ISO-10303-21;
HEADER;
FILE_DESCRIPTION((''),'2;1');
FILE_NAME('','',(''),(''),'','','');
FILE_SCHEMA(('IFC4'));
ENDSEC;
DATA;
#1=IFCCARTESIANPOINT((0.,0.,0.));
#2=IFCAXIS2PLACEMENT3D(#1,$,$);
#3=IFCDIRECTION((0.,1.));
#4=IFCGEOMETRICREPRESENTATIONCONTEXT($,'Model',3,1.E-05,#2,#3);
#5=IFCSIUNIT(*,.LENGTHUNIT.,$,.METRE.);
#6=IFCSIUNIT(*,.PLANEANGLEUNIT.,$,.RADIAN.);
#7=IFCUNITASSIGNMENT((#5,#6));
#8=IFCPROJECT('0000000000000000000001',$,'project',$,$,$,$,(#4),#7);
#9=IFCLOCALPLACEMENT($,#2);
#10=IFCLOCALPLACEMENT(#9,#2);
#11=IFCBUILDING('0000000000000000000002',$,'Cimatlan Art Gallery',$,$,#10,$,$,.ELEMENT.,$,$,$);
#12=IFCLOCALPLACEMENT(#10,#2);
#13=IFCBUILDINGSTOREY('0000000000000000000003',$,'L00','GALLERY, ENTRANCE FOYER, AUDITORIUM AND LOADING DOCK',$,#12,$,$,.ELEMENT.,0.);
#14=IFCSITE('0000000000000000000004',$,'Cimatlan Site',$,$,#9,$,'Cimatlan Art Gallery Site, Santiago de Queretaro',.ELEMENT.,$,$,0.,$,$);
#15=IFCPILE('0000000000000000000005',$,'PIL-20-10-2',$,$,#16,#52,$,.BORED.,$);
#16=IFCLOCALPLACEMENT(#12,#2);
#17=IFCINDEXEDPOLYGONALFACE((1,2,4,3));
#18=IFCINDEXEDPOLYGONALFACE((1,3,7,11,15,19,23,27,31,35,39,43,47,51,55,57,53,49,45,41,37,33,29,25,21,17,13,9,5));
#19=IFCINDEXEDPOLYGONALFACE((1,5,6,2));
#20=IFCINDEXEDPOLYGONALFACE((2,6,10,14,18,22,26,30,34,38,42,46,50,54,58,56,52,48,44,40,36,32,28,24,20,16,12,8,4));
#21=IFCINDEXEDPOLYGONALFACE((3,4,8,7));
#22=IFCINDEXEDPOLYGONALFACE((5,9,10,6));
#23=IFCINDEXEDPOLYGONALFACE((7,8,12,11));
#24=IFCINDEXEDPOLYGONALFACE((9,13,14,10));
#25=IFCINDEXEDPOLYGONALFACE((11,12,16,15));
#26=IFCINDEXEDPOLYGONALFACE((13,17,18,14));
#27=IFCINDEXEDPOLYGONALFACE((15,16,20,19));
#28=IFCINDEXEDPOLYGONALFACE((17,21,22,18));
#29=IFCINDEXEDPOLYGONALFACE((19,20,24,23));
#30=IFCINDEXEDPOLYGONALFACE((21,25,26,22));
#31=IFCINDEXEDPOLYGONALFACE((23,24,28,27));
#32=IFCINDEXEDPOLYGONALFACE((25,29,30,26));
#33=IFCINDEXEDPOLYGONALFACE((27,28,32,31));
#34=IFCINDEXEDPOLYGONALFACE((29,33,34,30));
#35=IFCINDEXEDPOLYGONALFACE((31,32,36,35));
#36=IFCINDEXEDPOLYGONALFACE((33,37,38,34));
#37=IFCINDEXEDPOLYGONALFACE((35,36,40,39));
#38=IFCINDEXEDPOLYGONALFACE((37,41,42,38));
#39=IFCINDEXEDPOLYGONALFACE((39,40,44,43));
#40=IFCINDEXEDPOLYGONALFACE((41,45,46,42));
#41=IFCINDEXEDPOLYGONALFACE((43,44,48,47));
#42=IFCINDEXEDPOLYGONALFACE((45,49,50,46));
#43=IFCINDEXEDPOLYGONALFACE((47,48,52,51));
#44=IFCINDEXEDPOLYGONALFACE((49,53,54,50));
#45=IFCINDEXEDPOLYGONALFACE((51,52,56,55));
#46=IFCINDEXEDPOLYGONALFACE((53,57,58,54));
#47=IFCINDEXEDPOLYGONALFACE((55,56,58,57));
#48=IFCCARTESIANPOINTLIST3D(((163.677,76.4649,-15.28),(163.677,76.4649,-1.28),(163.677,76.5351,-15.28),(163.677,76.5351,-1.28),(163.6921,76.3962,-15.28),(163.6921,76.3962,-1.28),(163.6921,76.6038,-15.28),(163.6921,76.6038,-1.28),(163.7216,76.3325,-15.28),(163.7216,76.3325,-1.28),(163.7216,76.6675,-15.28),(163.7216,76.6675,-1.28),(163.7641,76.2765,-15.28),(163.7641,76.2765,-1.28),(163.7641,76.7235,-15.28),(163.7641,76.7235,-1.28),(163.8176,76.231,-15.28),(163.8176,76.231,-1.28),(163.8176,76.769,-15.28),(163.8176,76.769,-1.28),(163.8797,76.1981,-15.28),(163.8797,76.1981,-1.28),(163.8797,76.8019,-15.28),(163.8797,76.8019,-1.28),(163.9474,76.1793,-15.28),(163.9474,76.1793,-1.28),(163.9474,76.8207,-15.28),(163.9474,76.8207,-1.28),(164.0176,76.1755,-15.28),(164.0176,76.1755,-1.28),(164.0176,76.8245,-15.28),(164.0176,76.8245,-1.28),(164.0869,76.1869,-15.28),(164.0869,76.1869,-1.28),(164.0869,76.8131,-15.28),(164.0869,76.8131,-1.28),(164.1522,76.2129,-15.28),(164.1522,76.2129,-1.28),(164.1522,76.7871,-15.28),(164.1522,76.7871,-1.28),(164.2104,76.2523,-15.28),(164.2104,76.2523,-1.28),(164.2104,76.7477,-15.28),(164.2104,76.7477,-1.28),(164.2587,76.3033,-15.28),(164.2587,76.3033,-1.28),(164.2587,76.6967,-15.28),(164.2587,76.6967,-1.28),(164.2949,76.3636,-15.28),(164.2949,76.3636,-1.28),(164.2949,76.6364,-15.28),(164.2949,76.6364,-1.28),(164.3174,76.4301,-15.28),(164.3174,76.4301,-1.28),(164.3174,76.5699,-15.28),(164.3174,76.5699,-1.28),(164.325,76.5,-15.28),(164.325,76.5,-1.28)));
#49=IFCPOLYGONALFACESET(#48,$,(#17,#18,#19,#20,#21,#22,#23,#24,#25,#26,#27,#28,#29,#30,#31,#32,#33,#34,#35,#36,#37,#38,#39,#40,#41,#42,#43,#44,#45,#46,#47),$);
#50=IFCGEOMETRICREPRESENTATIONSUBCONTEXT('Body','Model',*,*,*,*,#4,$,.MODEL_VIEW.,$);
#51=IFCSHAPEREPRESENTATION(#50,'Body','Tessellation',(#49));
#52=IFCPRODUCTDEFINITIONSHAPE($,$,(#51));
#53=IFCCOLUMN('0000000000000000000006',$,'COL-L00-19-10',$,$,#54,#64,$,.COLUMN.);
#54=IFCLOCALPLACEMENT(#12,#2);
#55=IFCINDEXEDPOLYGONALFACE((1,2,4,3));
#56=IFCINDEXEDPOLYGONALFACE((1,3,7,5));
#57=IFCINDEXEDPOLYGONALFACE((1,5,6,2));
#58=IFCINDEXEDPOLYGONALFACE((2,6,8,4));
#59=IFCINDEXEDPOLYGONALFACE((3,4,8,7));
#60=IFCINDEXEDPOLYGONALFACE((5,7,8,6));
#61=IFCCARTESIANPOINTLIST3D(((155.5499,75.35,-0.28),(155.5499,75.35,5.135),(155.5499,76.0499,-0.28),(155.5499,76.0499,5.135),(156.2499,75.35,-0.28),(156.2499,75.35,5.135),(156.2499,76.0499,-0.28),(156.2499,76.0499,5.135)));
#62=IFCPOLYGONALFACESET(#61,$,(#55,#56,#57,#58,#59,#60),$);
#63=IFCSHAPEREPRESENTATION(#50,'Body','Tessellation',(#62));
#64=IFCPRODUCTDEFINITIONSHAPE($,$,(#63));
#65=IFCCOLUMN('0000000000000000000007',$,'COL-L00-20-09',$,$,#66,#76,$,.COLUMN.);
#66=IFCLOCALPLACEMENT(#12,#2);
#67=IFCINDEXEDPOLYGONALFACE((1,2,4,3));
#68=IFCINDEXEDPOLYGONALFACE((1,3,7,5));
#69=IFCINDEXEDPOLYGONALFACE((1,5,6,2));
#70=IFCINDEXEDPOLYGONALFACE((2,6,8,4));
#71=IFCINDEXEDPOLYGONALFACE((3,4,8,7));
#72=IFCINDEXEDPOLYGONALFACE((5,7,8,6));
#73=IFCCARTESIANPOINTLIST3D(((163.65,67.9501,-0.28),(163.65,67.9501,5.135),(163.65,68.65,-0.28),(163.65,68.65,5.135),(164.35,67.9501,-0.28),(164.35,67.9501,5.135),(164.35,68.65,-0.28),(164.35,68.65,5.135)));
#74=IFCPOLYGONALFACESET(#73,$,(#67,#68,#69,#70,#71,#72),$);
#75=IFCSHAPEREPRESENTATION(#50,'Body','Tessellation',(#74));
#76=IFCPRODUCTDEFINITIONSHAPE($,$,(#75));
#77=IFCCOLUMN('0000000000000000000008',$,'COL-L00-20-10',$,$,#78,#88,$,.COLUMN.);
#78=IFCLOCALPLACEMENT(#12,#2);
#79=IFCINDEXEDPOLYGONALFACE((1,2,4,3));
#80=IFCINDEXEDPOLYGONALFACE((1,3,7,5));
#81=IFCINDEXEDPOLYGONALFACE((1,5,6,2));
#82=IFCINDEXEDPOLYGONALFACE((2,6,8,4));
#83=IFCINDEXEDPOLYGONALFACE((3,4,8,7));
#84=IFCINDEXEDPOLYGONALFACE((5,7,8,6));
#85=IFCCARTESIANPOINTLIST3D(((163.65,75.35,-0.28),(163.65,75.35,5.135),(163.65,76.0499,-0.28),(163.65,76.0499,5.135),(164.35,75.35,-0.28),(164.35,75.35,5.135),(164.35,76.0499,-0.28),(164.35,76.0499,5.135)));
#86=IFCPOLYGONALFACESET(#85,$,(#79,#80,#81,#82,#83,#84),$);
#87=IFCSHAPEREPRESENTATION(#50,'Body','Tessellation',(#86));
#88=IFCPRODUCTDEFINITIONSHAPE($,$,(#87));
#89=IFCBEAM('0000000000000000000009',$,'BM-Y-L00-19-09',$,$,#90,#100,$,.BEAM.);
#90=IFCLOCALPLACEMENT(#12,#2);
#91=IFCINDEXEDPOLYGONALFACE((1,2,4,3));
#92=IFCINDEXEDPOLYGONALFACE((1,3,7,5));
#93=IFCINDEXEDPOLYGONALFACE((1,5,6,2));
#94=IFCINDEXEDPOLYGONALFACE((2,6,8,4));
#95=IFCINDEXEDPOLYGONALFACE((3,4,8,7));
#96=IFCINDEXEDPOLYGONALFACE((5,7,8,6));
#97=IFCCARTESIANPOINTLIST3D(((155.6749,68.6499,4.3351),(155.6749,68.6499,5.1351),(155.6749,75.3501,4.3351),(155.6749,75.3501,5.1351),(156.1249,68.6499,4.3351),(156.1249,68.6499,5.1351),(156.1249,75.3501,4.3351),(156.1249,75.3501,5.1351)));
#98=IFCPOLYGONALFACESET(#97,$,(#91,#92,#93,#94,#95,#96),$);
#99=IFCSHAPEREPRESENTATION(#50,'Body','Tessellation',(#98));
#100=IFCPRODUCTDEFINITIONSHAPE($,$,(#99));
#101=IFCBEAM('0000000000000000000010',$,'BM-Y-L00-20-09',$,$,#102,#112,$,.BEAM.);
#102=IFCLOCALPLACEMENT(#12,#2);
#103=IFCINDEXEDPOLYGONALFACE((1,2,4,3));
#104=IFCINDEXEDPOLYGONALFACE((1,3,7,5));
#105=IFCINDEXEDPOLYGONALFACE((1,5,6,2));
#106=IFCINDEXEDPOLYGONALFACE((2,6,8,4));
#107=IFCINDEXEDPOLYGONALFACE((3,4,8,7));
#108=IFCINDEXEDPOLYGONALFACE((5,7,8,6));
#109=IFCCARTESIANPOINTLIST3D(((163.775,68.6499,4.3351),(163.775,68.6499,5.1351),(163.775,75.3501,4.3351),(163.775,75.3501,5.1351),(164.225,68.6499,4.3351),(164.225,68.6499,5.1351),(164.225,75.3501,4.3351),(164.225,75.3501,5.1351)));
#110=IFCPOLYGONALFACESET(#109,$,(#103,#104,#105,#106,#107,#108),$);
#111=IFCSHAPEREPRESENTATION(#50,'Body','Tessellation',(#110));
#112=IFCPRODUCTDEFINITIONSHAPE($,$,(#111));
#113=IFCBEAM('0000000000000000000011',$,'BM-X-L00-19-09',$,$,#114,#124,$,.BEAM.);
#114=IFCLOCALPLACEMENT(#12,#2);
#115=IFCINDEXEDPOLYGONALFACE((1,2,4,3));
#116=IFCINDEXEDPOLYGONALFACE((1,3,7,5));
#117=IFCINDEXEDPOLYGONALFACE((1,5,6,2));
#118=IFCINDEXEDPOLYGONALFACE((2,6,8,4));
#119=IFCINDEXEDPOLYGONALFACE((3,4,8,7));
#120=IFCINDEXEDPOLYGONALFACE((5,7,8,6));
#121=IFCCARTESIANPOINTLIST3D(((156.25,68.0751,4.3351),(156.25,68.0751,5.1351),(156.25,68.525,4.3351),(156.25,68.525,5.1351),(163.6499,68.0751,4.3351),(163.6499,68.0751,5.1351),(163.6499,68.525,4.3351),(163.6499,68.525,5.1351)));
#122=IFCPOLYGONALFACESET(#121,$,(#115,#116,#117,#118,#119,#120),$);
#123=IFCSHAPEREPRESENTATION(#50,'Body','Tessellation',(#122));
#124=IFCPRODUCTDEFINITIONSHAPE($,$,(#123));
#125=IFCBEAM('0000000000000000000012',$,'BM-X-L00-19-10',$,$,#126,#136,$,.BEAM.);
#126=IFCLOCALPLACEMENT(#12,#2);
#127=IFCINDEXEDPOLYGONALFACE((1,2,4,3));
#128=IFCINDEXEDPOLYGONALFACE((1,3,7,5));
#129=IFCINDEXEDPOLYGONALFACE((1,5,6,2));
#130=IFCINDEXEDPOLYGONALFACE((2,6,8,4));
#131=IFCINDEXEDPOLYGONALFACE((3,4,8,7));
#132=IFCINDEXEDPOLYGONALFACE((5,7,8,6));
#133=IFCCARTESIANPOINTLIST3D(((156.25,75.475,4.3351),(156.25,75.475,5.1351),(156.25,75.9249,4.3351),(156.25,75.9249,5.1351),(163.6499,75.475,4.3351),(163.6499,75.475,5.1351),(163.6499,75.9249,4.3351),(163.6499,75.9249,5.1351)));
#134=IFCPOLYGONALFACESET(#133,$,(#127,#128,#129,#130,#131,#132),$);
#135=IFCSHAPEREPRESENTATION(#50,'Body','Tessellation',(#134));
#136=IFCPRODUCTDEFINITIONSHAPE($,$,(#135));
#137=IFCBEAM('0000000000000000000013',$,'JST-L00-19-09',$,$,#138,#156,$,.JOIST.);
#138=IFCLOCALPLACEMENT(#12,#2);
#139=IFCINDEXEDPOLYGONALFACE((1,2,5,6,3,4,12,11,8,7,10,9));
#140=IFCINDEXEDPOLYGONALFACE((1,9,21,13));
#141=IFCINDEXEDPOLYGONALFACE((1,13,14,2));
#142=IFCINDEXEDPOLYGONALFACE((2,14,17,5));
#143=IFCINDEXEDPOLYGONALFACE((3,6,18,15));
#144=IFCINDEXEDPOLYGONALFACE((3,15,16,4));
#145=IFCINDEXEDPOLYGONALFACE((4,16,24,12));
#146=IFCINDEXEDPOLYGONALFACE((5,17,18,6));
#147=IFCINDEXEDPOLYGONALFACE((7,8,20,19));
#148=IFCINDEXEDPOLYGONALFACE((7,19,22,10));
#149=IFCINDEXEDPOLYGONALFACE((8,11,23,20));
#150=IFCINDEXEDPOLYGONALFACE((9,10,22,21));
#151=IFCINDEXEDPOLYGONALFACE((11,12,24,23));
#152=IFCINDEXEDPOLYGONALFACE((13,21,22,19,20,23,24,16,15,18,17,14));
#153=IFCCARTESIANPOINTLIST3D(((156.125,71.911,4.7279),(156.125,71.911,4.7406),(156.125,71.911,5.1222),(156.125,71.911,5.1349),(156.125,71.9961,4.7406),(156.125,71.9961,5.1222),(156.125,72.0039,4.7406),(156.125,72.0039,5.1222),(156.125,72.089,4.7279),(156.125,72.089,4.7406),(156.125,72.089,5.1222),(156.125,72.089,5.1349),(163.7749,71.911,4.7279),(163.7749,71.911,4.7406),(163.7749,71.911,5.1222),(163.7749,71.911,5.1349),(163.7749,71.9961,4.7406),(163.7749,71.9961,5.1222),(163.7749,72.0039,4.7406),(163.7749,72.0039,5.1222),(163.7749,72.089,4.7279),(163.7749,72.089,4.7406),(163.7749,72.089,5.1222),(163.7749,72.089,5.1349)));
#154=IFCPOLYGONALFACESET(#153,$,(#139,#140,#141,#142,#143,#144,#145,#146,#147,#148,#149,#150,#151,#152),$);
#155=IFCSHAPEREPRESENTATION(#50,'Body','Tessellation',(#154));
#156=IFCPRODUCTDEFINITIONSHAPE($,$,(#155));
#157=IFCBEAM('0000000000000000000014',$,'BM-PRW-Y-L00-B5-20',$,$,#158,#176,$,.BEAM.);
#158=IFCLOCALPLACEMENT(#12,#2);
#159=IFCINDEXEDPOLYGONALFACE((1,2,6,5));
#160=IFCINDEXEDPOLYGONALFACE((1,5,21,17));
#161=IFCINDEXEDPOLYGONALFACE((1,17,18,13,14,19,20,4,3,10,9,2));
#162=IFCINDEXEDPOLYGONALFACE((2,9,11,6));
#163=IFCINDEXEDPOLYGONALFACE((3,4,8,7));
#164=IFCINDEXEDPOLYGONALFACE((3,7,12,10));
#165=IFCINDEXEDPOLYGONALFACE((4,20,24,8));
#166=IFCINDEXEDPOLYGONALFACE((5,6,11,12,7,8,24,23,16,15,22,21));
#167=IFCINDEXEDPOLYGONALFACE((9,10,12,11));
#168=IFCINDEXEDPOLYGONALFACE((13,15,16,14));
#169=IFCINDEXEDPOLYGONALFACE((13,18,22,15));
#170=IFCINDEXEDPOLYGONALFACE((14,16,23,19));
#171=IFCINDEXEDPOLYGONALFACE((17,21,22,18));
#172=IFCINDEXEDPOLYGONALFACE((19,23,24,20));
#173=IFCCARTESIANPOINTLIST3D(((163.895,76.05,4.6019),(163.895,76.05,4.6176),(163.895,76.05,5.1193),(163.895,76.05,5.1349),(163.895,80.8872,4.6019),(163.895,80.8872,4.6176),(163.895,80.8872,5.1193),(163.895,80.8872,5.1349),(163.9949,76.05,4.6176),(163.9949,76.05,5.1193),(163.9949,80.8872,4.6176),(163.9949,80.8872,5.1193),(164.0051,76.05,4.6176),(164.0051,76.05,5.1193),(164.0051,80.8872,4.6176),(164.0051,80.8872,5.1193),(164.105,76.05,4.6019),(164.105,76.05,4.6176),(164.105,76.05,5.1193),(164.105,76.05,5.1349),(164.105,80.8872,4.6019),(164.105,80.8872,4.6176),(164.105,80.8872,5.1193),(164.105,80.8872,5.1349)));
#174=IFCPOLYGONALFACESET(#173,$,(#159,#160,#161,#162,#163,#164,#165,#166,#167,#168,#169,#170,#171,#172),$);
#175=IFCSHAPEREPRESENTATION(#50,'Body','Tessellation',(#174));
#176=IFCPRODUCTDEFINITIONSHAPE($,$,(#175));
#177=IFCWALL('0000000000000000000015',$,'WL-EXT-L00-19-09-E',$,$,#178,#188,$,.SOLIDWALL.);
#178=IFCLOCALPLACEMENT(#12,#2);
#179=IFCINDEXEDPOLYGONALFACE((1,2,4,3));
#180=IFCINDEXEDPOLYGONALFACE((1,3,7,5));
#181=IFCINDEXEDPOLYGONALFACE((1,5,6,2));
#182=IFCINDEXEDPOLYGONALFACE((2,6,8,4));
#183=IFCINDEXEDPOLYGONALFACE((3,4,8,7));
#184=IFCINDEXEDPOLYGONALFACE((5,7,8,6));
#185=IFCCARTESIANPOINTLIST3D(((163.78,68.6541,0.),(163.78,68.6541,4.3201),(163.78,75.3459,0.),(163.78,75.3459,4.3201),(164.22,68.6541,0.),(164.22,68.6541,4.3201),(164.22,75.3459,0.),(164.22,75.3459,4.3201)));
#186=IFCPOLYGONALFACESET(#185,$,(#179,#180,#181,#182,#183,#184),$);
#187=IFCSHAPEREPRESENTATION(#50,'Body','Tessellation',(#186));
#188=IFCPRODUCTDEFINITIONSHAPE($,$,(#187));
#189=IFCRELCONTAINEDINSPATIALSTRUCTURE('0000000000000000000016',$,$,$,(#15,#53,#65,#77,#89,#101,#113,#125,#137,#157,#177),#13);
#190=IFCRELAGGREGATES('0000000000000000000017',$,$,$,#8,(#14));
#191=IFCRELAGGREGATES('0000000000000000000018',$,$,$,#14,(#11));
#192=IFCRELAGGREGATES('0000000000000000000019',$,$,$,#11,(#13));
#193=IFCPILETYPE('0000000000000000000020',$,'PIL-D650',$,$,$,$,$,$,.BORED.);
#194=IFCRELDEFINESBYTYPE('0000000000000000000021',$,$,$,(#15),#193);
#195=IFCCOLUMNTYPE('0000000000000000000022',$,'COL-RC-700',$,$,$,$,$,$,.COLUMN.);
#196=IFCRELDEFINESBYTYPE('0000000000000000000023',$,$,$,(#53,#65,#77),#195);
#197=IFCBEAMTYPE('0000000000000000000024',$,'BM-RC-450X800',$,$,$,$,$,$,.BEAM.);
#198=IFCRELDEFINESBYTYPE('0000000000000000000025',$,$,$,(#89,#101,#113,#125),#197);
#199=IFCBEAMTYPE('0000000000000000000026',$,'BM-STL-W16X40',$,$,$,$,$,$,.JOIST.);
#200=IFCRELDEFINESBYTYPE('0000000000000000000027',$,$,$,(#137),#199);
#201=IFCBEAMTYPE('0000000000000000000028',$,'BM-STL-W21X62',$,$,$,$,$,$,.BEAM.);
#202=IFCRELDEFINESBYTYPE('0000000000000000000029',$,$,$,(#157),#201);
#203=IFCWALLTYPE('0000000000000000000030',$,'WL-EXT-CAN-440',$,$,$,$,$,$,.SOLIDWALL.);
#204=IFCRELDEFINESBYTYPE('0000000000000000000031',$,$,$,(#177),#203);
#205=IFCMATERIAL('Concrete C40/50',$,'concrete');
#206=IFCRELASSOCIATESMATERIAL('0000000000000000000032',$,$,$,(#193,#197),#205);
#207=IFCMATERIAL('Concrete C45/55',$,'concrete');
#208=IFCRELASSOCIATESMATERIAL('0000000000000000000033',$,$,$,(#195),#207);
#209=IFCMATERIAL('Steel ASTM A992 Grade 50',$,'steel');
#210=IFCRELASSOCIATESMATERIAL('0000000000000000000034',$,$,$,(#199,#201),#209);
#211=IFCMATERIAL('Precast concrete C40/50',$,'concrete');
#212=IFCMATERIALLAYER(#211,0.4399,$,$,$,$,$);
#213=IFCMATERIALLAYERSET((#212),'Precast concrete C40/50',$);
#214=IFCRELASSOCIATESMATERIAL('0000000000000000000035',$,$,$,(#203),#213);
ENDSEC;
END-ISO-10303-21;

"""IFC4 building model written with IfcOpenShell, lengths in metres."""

from ifc_helpers import new_model, si_unit, direction, frame, frame_2d, origin, origin_2d, place, context, subcontext, project, spatial, rectangle, circle, i_section, extrude, material, layer, layer_set, material_profile, profile_set, type_object, element, save


model = new_model("IFC4")

# Units and contexts
model_context = context("Model", 3, precision=1e-05, world=origin(), true_north=direction((0.0, 1.0)))
body_context = subcontext(model_context, "Body", "Model", "MODEL_VIEW")
ifc_project = project(units=[si_unit("LENGTHUNIT", "METRE"), si_unit("PLANEANGLEUNIT", "RADIAN")], contexts=[model_context])

# Site, building, storey
site_placement = place(None, origin())
site = spatial("IfcSite", under=ifc_project, at=site_placement, Name="Cimatlan Site", LongName="Cimatlan Art Gallery Site, Santiago de Queretaro", CompositionType="ELEMENT", RefElevation=0.0)
building_placement = place(site_placement, origin())
building = spatial("IfcBuilding", under=site, at=building_placement, Name="Cimatlan Art Gallery", CompositionType="ELEMENT")
storey_placement = place(building_placement, origin())
storey = spatial("IfcBuildingStorey", under=building, at=storey_placement, Name="L00", Description="GALLERY, ENTRANCE FOYER, AUDITORIUM AND LOADING DOCK", CompositionType="ELEMENT", Elevation=0.0)

# Shared definitions
ifc_material_1 = material(Name="Concrete C40/50", Category="concrete")

# Pile
pile_type = type_object("IfcPileType", Name="PIL-D650", PredefinedType="BORED", material=ifc_material_1)
for number, where, z_axis, x_axis, name in (
    (1, (164.0, 76.5, -1.28), (0.0, 0.0, -1.0), (1.0, 0.0, 0.0), "PIL-20-10-2"),
):
    element("IfcPile", number, at=place(storey_placement, frame(where, z_axis=z_axis, x_axis=x_axis)), inside=storey, type_object=pile_type, Name=name, PredefinedType="BORED", context=body_context, shape_type="SweptSolid", body=[
        extrude(circle(Radius=0.325, at=origin_2d()), origin(), (0.0, 0.0, 1.0), 14.0),
    ])

# Columns
ifc_material_2 = material(Name="Concrete C45/55", Category="concrete")
ifc_material_profile_1 = material_profile(ifc_material_2, rectangle(XDim=0.7, YDim=0.7, at=origin_2d()), Name="RC700X700")
ifc_profile_set_1 = profile_set([ifc_material_profile_1], Name="Concrete C45/55")
column_type = type_object("IfcColumnType", Name="COL-RC-700", PredefinedType="COLUMN", material=ifc_profile_set_1)
for number, where, z_axis, x_axis, name in (
    (2, (155.8999, 75.7, -0.28), (0.0, 0.0, 1.0), (1.0, 0.0, 0.0), "COL-L00-19-10"),
    (3, (164.0, 68.3, -0.28), (0.0, 0.0, 1.0), (1.0, 0.0, 0.0), "COL-L00-20-09"),
    (4, (164.0, 75.7, -0.28), (0.0, 0.0, 1.0), (1.0, 0.0, 0.0), "COL-L00-20-10"),
):
    element("IfcColumn", number, at=place(storey_placement, frame(where, z_axis=z_axis, x_axis=x_axis)), inside=storey, type_object=column_type, Name=name, PredefinedType="COLUMN", context=body_context, shape_type="SweptSolid", body=[
        extrude(rectangle(XDim=0.7, YDim=0.7, at=origin_2d()), origin(), (0.0, 0.0, 1.0), 5.415),
    ])

# Beams
ifc_material_profile_2 = material_profile(ifc_material_1, rectangle(XDim=0.45, YDim=0.8, at=origin_2d()), Name="RC450X800")
ifc_profile_set_2 = profile_set([ifc_material_profile_2], Name="Concrete C40/50")
beam_type_1 = type_object("IfcBeamType", Name="BM-RC-450X800", PredefinedType="BEAM", material=ifc_profile_set_2)
for number, where, z_axis, x_axis, name in (
    (5, (155.8999, 68.6499, 4.7351), (0.0, 1.0, 0.0), (-1.0, 0.0, 0.0), "BM-Y-L00-19-09"),
    (6, (164.0, 68.6499, 4.7351), (0.0, 1.0, 0.0), (-1.0, 0.0, 0.0), "BM-Y-L00-20-09"),
):
    element("IfcBeam", number, at=place(storey_placement, frame(where, z_axis=z_axis, x_axis=x_axis)), inside=storey, type_object=beam_type_1, Name=name, PredefinedType="BEAM", context=body_context, shape_type="SweptSolid", body=[
        extrude(rectangle(XDim=0.45, YDim=0.8, at=origin_2d()), origin(), (0.0, 0.0, 1.0), 6.7002),
    ])
for number, where, z_axis, x_axis, name in (
    (7, (156.25, 68.3, 4.7351), (1.0, 0.0, 0.0), (0.0, 1.0, 0.0), "BM-X-L00-19-09"),
    (8, (156.25, 75.7, 4.7351), (1.0, 0.0, 0.0), (0.0, 1.0, 0.0), "BM-X-L00-19-10"),
):
    element("IfcBeam", number, at=place(storey_placement, frame(where, z_axis=z_axis, x_axis=x_axis)), inside=storey, type_object=beam_type_1, Name=name, PredefinedType="BEAM", context=body_context, shape_type="SweptSolid", body=[
        extrude(rectangle(XDim=0.45, YDim=0.8, at=origin_2d()), origin(), (0.0, 0.0, 1.0), 7.3999),
    ])
ifc_material_3 = material(Name="Steel ASTM A992 Grade 50", Category="steel")
ifc_material_profile_3 = material_profile(ifc_material_3, i_section(OverallWidth=0.178, OverallDepth=0.407, WebThickness=0.0078, FlangeThickness=0.0127, at=origin_2d()), Name="W16X40")
ifc_profile_set_3 = profile_set([ifc_material_profile_3], Name="Steel ASTM A992 Grade 50")
beam_type_2 = type_object("IfcBeamType", Name="BM-STL-W16X40", PredefinedType="JOIST", material=ifc_profile_set_3)
beam_1_placement = place(storey_placement, frame((156.125, 72.0, 4.9314), z_axis=(1.0, 0.0, 0.0), x_axis=(0.0, 1.0, 0.0)))
element("IfcBeam", 9, at=beam_1_placement, inside=storey, type_object=beam_type_2, Name="JST-L00-19-09", PredefinedType="JOIST", context=body_context, shape_type="SweptSolid", body=[
    extrude(i_section(OverallWidth=0.178, OverallDepth=0.407, WebThickness=0.0078, FlangeThickness=0.0127, at=origin_2d()), origin(), (0.0, 0.0, 1.0), 7.6499),
])
ifc_material_profile_4 = material_profile(ifc_material_3, i_section(OverallWidth=0.21, OverallDepth=0.533, WebThickness=0.0103, FlangeThickness=0.0156, at=origin_2d()), Name="W21X62")
ifc_profile_set_4 = profile_set([ifc_material_profile_4], Name="Steel ASTM A992 Grade 50")
beam_type_3 = type_object("IfcBeamType", Name="BM-STL-W21X62", PredefinedType="BEAM", material=ifc_profile_set_4)
beam_2_placement = place(storey_placement, frame((164.0, 76.05, 4.8684), z_axis=(0.0, 1.0, 0.0), x_axis=(-1.0, 0.0, 0.0)))
element("IfcBeam", 10, at=beam_2_placement, inside=storey, type_object=beam_type_3, Name="BM-PRW-Y-L00-B5-20", PredefinedType="BEAM", context=body_context, shape_type="SweptSolid", body=[
    extrude(i_section(OverallWidth=0.21, OverallDepth=0.533, WebThickness=0.0103, FlangeThickness=0.0156, at=origin_2d()), origin(), (0.0, 0.0, 1.0), 4.8372),
])

# Wall
ifc_material_4 = material(Name="Precast concrete C40/50", Category="concrete")
ifc_layer_1 = layer(ifc_material_4, 0.4399)
ifc_layer_set_1 = layer_set([ifc_layer_1], Name="Precast concrete C40/50")
wall_type = type_object("IfcWallType", Name="WL-EXT-CAN-440", PredefinedType="SOLIDWALL", material=ifc_layer_set_1)
wall_placement = place(storey_placement, frame((164.0, 75.3459, 0.0), z_axis=(0.0, 0.0, 1.0), x_axis=(0.0, -1.0, 0.0)))
element("IfcWall", 11, at=wall_placement, inside=storey, type_object=wall_type, Name="WL-EXT-L00-19-09-E", PredefinedType="SOLIDWALL", context=body_context, shape_type="SweptSolid", body=[
    extrude(rectangle(XDim=6.6919, YDim=0.4399, at=frame_2d((3.3459, 0.0))), origin(), (0.0, 0.0, 1.0), 4.3201),
])

save(model, "model.ifc")
